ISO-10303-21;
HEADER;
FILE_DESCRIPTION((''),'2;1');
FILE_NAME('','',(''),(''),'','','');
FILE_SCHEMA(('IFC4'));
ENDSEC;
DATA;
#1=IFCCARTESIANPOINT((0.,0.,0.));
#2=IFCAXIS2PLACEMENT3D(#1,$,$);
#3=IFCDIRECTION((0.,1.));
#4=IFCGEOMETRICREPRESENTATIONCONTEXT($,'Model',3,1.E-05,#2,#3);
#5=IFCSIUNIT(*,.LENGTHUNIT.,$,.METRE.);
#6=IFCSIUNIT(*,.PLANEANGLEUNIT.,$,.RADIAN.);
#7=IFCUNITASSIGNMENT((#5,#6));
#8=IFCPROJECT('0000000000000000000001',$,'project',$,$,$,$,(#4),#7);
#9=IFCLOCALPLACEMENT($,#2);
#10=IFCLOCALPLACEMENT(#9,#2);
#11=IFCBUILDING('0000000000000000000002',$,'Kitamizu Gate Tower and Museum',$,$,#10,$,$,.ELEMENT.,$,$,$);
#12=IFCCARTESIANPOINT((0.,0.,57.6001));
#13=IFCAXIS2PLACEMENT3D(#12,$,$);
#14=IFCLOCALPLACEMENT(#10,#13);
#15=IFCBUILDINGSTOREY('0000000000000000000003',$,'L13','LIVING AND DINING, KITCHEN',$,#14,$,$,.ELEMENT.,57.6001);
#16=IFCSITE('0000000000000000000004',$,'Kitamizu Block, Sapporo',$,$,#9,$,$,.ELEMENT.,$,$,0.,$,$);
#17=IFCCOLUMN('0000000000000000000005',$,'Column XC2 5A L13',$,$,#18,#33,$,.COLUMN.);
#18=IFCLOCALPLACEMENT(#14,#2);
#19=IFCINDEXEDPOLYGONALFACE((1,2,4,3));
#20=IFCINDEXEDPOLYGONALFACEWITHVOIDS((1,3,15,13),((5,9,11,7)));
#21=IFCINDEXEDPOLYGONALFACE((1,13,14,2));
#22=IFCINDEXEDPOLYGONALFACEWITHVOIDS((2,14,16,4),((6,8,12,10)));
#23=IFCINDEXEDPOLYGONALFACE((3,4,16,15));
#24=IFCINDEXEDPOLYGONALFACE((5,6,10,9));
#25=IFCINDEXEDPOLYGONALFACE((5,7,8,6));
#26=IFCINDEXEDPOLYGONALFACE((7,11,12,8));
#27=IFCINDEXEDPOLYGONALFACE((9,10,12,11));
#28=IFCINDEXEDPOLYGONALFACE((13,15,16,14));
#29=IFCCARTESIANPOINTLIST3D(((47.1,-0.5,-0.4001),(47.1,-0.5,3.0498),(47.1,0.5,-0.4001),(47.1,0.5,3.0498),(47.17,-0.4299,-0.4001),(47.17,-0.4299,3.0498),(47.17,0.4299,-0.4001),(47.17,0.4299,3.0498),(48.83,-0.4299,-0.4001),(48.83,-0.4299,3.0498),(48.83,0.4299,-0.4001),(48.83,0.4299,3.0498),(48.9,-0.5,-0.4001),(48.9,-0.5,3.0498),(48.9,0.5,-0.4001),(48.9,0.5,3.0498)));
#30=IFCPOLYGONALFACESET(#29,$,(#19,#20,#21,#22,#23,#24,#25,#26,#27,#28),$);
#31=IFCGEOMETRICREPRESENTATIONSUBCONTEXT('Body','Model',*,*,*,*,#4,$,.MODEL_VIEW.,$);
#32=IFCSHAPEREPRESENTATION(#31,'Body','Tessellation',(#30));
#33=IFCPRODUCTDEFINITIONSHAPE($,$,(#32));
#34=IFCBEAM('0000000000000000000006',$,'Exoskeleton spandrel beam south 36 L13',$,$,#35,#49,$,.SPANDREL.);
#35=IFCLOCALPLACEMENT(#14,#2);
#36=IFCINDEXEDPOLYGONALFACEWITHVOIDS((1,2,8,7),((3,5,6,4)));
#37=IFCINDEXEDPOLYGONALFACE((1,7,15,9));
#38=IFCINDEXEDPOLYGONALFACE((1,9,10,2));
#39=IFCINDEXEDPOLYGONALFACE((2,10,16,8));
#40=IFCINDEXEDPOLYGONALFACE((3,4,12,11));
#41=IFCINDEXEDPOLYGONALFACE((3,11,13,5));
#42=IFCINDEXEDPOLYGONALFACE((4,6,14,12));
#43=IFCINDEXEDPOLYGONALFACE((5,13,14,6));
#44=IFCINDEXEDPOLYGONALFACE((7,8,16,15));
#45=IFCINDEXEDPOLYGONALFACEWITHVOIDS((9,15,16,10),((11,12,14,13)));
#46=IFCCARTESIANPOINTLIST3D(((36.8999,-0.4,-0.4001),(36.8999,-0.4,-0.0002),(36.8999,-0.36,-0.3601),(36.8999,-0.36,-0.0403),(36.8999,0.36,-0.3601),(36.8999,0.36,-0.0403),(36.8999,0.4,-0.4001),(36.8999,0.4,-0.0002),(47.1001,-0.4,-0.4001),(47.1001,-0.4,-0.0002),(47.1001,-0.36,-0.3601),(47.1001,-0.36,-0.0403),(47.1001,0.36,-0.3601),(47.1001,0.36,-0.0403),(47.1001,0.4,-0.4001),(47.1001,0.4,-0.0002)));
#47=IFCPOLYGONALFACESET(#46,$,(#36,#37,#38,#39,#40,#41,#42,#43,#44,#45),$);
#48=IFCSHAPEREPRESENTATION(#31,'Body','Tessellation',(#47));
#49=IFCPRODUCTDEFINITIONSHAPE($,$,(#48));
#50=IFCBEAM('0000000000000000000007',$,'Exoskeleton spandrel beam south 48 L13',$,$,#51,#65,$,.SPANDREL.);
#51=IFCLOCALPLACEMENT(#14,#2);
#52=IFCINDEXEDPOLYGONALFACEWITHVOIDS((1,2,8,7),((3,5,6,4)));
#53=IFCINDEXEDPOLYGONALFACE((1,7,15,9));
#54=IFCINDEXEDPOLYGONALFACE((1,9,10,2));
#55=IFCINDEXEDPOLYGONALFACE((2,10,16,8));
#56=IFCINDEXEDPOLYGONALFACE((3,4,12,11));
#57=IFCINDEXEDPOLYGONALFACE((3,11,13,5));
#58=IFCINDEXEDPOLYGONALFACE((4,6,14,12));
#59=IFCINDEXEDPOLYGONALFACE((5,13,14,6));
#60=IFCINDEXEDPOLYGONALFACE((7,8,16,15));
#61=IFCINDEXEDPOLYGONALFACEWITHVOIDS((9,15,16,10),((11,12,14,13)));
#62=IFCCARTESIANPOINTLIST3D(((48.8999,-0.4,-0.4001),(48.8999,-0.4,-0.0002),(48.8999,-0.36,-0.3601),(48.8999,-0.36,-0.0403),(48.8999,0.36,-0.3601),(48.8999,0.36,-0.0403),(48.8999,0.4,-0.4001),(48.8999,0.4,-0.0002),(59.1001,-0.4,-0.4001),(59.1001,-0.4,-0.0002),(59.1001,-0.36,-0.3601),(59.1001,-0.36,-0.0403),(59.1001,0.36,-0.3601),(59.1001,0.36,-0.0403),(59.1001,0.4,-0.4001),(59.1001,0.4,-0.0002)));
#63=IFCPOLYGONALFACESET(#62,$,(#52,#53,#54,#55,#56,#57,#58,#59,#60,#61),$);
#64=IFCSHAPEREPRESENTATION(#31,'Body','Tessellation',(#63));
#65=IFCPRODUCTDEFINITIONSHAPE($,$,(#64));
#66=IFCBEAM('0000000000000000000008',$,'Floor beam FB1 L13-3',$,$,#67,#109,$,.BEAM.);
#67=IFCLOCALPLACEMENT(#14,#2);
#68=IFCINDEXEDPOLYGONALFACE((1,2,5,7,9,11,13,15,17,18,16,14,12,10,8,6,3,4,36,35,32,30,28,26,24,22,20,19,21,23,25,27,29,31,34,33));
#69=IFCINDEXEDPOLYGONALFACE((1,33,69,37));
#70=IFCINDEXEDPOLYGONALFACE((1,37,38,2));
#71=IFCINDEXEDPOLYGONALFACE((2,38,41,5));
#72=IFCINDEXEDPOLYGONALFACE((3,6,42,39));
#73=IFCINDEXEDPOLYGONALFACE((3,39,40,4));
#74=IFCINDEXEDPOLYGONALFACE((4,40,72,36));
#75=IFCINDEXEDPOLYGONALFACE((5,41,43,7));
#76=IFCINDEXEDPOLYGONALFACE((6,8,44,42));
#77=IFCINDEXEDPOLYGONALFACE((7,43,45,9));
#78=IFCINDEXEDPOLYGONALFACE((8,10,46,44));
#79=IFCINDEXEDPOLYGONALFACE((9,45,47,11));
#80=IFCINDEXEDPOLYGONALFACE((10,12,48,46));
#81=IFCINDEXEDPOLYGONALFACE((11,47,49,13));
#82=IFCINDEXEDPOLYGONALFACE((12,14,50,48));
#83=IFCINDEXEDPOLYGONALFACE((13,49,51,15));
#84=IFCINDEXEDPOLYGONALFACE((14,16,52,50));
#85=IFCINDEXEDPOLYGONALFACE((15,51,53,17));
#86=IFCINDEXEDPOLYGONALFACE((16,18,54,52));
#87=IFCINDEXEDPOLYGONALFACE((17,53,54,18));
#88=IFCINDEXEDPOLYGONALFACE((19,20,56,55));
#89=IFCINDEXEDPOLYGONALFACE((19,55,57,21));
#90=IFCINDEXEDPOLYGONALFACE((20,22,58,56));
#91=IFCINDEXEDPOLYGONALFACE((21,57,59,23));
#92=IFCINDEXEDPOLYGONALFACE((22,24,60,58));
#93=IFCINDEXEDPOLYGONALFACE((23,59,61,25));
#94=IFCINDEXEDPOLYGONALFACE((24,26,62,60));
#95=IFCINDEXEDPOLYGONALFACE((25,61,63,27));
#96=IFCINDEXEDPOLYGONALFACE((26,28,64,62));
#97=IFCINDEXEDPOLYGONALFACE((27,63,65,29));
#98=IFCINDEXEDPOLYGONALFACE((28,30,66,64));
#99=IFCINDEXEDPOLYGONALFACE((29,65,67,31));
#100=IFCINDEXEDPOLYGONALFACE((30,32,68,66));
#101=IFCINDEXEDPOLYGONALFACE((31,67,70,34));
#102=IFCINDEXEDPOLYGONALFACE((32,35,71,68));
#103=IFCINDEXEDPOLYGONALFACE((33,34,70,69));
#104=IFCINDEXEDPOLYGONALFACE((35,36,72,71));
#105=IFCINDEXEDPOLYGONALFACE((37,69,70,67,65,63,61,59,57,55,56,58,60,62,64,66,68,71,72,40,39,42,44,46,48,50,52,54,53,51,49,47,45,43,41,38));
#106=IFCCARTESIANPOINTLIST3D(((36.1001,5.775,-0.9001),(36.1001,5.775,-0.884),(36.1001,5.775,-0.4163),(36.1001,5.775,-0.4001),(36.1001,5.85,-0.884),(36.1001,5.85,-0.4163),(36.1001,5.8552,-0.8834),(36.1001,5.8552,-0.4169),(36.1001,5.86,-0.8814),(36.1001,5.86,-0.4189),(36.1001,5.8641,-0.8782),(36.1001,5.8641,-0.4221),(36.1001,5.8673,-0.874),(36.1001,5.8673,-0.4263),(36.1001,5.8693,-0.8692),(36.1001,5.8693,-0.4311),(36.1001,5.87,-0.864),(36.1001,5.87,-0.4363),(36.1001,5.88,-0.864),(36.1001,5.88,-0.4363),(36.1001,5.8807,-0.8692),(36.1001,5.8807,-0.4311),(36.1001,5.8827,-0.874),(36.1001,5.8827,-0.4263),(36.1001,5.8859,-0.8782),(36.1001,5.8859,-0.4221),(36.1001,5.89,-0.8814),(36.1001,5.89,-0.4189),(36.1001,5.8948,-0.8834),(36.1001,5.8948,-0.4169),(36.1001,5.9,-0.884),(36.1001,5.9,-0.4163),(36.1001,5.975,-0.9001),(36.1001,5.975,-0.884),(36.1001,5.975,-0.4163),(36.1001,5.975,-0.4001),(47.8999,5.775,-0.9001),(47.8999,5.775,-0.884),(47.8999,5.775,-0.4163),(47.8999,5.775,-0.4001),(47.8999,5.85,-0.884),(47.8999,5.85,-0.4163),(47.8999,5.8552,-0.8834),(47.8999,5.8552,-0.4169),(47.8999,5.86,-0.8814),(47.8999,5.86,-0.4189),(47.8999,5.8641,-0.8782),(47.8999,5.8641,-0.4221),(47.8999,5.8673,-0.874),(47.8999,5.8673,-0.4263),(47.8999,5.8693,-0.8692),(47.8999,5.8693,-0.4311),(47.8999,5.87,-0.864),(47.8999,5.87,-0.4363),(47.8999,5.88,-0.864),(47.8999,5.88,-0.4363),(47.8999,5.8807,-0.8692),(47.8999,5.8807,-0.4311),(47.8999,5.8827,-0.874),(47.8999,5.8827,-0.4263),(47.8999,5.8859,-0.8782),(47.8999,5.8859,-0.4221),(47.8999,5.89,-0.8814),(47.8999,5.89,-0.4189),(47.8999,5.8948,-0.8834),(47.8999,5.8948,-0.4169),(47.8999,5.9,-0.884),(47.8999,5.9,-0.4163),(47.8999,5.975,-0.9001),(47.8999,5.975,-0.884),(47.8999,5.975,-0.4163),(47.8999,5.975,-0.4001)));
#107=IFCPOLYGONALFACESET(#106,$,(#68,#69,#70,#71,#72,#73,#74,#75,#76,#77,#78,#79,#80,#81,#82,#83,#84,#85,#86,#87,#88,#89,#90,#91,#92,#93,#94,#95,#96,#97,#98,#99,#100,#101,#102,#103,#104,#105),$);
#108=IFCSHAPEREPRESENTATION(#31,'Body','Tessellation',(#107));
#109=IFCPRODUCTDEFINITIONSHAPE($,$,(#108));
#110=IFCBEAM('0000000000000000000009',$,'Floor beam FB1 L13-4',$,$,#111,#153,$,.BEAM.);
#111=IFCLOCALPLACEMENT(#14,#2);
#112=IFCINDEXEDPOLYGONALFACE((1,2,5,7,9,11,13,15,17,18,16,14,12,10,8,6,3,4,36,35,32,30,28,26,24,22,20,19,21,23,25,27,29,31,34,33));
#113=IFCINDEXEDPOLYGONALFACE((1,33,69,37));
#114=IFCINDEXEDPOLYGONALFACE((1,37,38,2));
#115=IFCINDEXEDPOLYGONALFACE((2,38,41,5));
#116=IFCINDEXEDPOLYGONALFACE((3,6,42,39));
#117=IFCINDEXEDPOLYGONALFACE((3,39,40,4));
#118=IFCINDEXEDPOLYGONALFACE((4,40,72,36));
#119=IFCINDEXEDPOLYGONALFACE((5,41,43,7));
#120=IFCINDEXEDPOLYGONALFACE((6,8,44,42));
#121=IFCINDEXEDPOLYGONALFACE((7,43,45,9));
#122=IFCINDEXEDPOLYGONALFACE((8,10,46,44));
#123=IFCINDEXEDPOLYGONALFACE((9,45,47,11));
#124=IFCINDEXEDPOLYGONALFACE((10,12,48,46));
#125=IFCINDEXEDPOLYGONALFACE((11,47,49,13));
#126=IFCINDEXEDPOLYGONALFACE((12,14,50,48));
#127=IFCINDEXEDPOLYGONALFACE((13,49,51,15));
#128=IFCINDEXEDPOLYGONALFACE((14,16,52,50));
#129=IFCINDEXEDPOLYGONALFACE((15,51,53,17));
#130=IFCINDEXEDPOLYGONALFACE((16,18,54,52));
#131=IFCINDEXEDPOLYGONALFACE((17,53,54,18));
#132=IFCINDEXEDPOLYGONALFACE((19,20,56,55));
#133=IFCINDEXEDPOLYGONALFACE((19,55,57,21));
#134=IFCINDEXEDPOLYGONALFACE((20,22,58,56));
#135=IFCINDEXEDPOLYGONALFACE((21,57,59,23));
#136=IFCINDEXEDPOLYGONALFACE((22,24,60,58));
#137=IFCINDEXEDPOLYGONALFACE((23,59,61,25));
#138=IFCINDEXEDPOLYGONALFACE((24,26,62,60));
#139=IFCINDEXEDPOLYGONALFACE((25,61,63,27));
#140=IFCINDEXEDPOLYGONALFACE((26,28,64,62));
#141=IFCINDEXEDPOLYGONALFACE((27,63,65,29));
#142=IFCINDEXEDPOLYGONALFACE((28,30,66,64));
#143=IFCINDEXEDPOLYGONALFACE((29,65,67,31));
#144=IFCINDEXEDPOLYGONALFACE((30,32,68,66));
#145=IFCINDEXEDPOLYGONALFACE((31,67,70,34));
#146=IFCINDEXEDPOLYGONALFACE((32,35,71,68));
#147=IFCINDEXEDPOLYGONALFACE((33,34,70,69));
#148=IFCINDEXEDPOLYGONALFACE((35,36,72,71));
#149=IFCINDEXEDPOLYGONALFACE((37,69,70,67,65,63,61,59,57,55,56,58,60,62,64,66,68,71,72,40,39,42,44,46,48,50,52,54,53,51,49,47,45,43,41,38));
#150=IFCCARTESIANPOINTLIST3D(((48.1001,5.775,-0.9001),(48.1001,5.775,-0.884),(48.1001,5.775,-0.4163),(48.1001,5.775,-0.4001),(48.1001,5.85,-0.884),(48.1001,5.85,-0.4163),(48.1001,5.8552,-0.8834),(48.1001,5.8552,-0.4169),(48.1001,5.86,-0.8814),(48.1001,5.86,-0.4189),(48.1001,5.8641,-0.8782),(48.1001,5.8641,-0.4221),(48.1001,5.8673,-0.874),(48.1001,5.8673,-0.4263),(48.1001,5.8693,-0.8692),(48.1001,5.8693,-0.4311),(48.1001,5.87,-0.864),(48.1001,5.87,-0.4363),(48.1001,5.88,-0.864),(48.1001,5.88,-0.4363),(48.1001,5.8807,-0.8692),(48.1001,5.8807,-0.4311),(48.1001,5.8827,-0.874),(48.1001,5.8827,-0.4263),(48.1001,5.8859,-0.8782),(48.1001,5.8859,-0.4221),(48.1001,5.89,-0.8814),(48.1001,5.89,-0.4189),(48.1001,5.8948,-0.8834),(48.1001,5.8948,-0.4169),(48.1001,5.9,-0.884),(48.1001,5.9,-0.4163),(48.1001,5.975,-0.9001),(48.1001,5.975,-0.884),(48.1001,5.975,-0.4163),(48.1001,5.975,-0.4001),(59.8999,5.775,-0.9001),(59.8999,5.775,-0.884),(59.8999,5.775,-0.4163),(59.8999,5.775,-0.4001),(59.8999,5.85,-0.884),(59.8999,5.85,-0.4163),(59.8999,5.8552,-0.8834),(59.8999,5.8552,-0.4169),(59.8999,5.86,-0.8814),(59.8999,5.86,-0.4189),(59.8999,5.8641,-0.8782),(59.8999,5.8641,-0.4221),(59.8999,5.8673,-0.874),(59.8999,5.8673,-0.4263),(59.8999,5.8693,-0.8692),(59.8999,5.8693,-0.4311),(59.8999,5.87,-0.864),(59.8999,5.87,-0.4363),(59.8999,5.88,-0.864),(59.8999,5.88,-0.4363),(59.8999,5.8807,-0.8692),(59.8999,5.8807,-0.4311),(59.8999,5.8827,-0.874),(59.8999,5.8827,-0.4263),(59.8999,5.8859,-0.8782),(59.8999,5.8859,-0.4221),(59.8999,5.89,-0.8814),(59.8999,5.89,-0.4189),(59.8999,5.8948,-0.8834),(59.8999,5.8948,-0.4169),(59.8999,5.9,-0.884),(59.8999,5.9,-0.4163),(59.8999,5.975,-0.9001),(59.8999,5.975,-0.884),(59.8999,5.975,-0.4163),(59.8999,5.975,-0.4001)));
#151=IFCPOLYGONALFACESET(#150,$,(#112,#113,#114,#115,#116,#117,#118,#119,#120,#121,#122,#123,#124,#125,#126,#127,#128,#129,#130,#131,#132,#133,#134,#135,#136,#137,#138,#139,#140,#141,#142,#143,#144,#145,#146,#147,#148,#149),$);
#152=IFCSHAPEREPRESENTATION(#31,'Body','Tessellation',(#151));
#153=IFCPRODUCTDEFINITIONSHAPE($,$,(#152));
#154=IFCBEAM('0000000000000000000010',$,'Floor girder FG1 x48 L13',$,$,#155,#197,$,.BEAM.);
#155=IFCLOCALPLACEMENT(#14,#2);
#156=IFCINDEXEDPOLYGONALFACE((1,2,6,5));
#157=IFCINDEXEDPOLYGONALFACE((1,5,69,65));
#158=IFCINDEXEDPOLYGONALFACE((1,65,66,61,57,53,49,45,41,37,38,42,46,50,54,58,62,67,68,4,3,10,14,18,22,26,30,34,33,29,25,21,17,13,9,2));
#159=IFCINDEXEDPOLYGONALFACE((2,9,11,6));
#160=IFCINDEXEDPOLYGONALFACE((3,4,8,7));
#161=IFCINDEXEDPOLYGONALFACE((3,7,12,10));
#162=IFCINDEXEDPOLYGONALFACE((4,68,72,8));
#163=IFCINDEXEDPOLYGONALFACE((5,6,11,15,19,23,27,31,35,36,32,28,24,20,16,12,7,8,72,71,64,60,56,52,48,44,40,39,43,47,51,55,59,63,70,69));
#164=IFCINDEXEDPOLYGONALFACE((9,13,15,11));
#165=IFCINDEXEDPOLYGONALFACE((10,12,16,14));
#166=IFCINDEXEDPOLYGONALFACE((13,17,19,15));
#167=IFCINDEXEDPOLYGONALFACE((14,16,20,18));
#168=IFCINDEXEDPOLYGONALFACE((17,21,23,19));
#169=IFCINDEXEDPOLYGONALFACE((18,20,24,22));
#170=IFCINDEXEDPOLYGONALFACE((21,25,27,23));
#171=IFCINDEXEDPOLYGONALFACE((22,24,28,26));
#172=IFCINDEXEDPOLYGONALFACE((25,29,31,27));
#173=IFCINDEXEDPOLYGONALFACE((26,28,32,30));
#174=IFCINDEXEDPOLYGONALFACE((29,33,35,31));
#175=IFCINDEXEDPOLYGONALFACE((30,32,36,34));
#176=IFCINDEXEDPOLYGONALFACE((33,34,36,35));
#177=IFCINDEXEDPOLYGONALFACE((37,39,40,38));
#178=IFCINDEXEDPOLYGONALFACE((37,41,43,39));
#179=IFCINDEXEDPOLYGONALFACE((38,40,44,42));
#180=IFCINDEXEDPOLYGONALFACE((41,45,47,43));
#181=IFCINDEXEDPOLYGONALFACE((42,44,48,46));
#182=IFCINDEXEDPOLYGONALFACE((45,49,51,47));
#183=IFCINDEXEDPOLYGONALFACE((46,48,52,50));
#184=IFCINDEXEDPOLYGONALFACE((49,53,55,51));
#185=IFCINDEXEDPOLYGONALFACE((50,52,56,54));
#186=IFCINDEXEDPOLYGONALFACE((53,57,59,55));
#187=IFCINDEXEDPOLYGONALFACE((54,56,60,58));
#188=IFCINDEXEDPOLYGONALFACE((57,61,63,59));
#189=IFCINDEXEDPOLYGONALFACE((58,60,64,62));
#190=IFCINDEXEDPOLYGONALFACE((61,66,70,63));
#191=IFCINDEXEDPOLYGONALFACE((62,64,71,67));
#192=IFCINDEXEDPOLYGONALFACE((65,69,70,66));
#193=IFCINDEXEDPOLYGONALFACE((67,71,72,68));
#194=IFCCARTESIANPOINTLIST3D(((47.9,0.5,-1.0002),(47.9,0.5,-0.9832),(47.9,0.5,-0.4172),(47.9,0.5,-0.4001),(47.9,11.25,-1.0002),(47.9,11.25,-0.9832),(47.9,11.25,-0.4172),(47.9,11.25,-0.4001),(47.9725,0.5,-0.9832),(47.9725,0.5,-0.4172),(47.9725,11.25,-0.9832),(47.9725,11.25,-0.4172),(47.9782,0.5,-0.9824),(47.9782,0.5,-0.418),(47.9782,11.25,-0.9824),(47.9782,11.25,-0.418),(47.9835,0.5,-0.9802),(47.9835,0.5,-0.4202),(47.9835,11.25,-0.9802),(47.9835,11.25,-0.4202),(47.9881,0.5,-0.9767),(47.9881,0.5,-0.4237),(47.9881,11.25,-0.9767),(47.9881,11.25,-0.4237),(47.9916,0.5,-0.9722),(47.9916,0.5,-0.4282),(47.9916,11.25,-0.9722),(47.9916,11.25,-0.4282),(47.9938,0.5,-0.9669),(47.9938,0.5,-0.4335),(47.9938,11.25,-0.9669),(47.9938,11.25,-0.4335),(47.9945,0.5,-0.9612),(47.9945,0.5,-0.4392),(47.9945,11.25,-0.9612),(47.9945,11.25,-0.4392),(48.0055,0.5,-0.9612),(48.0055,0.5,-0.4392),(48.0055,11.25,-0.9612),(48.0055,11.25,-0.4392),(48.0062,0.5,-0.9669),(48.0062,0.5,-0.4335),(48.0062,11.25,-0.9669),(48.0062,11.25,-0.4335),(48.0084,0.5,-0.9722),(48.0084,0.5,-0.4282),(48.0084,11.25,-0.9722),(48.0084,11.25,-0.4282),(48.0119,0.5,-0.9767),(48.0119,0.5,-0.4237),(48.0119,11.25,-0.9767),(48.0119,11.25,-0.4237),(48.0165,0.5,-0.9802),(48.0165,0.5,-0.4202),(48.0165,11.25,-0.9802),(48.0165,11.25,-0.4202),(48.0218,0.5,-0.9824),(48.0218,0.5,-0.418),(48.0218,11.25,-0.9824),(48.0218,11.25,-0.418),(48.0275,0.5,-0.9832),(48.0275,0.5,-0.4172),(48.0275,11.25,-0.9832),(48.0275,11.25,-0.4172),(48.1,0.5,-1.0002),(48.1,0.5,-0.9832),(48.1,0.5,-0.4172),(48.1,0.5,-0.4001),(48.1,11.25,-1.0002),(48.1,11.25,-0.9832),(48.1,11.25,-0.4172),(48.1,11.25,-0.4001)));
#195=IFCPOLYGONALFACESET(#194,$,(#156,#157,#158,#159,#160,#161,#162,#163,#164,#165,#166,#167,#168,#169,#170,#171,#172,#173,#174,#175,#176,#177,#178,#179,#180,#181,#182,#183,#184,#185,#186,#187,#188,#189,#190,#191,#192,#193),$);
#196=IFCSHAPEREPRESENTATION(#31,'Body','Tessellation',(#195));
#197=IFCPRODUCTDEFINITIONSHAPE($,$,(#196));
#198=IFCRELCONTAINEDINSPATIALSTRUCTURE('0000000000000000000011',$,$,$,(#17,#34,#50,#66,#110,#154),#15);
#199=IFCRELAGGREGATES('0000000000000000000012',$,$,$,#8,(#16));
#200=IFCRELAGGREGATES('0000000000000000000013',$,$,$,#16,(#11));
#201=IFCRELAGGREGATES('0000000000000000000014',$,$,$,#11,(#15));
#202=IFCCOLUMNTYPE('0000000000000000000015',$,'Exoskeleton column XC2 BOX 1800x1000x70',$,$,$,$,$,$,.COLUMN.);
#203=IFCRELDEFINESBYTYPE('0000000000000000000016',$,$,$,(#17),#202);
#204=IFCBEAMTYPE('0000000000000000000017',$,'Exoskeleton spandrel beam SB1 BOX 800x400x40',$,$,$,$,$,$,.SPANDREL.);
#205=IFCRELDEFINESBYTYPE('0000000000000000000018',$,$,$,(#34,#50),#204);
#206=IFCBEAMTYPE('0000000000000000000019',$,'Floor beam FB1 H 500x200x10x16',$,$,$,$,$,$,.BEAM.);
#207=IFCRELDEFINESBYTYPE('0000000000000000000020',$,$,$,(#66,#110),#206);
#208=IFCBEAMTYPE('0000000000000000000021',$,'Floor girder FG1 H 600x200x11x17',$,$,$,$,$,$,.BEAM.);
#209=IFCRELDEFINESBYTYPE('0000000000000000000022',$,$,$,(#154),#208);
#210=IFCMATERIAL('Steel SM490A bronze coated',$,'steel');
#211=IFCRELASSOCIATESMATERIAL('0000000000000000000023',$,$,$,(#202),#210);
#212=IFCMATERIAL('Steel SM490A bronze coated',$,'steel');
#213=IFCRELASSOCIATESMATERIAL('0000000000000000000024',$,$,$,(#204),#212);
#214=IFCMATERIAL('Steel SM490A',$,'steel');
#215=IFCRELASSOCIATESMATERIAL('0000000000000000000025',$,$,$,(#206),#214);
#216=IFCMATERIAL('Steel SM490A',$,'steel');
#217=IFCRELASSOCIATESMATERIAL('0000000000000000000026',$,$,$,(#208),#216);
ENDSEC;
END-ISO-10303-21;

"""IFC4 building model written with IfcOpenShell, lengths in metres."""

from ifc_helpers import new_model, si_unit, direction, frame, origin, origin_2d, place, context, subcontext, project, spatial, hollow_rectangle, i_section, extrude, material, material_profile, profile_set, type_object, element, save


model = new_model("IFC4")

# Units and contexts
model_context = context("Model", 3, precision=1e-05, world=origin(), true_north=direction((0.0, 1.0)))
body_context = subcontext(model_context, "Body", "Model", "MODEL_VIEW")
ifc_project = project(units=[si_unit("LENGTHUNIT", "METRE"), si_unit("PLANEANGLEUNIT", "RADIAN")], contexts=[model_context])

# Site, building, storey
site_placement = place(None, origin())
site = spatial("IfcSite", under=ifc_project, at=site_placement, Name="Kitamizu Block, Sapporo", CompositionType="ELEMENT", RefElevation=0.0)
building_placement = place(site_placement, origin())
building = spatial("IfcBuilding", under=site, at=building_placement, Name="Kitamizu Gate Tower and Museum", CompositionType="ELEMENT")
storey_placement = place(building_placement, frame((0.0, 0.0, 57.6001)))
storey = spatial("IfcBuildingStorey", under=building, at=storey_placement, Name="L13", Description="LIVING AND DINING, KITCHEN", CompositionType="ELEMENT", Elevation=57.6001)

# Column
ifc_material_1 = material(Name="Steel SM490A bronze coated", Category="steel")
ifc_material_profile_1 = material_profile(ifc_material_1, hollow_rectangle(XDim=1.8, YDim=1.0, WallThickness=0.0701, at=origin_2d()), Name="BOX 1800x1000x70")
ifc_profile_set_1 = profile_set([ifc_material_profile_1], Name="Steel SM490A bronze coated")
column_type = type_object("IfcColumnType", Name="Exoskeleton column XC2 BOX 1800x1000x70", PredefinedType="COLUMN", material=ifc_profile_set_1)
column_placement = place(storey_placement, frame((48.0, 0.0, -0.4001), z_axis=(0.0, 0.0, 1.0), x_axis=(1.0, 0.0, 0.0)))
element("IfcColumn", 1, at=column_placement, inside=storey, type_object=column_type, Name="Column XC2 5A L13", PredefinedType="COLUMN", context=body_context, shape_type="SweptSolid", body=[
    extrude(hollow_rectangle(XDim=1.8, YDim=1.0, WallThickness=0.0701, at=origin_2d()), origin(), (0.0, 0.0, 1.0), 3.45),
])

# Beams
ifc_material_2 = material(Name="Steel SM490A bronze coated", Category="steel")
ifc_material_profile_2 = material_profile(ifc_material_2, hollow_rectangle(XDim=0.8, YDim=0.3999, WallThickness=0.04, at=origin_2d()), Name="BOX 800x400x40")
ifc_profile_set_2 = profile_set([ifc_material_profile_2], Name="Steel SM490A bronze coated")
beam_type_1 = type_object("IfcBeamType", Name="Exoskeleton spandrel beam SB1 BOX 800x400x40", PredefinedType="SPANDREL", material=ifc_profile_set_2)
for number, where, z_axis, x_axis, name in (
    (2, (36.8999, 0.0, -0.2002), (1.0, 0.0, 0.0), (0.0, 1.0, 0.0), "Exoskeleton spandrel beam south 36 L13"),
    (3, (48.8999, 0.0, -0.2002), (1.0, 0.0, 0.0), (0.0, 1.0, 0.0), "Exoskeleton spandrel beam south 48 L13"),
):
    element("IfcBeam", number, at=place(storey_placement, frame(where, z_axis=z_axis, x_axis=x_axis)), inside=storey, type_object=beam_type_1, Name=name, PredefinedType="SPANDREL", context=body_context, shape_type="SweptSolid", body=[
        extrude(hollow_rectangle(XDim=0.8, YDim=0.3999, WallThickness=0.04, at=origin_2d()), origin(), (0.0, 0.0, 1.0), 10.2002),
    ])
ifc_material_3 = material(Name="Steel SM490A", Category="steel")
ifc_material_profile_3 = material_profile(ifc_material_3, i_section(OverallWidth=0.2, OverallDepth=0.5, WebThickness=0.01, FlangeThickness=0.0161, FilletRadius=0.02, at=origin_2d()), Name="H-500x200x10x16")
ifc_profile_set_3 = profile_set([ifc_material_profile_3], Name="Steel SM490A")
beam_type_2 = type_object("IfcBeamType", Name="Floor beam FB1 H 500x200x10x16", PredefinedType="BEAM", material=ifc_profile_set_3)
for number, where, z_axis, x_axis, name in (
    (4, (36.1001, 5.875, -0.6501), (1.0, 0.0, 0.0), (0.0, 1.0, 0.0), "Floor beam FB1 L13-3"),
    (5, (48.1001, 5.875, -0.6501), (1.0, 0.0, 0.0), (0.0, 1.0, 0.0), "Floor beam FB1 L13-4"),
):
    element("IfcBeam", number, at=place(storey_placement, frame(where, z_axis=z_axis, x_axis=x_axis)), inside=storey, type_object=beam_type_2, Name=name, PredefinedType="BEAM", context=body_context, shape_type="SweptSolid", body=[
        extrude(i_section(OverallWidth=0.2, OverallDepth=0.5, WebThickness=0.01, FlangeThickness=0.0161, FilletRadius=0.02, at=origin_2d()), origin(), (0.0, 0.0, 1.0), 11.7998),
    ])
ifc_material_4 = material(Name="Steel SM490A", Category="steel")
ifc_material_profile_4 = material_profile(ifc_material_4, i_section(OverallWidth=0.2, OverallDepth=0.6001, WebThickness=0.011, FlangeThickness=0.0171, FilletRadius=0.022, at=origin_2d()), Name="H-600x200x11x17")
ifc_profile_set_4 = profile_set([ifc_material_profile_4], Name="Steel SM490A")
beam_type_3 = type_object("IfcBeamType", Name="Floor girder FG1 H 600x200x11x17", PredefinedType="BEAM", material=ifc_profile_set_4)
beam_placement = place(storey_placement, frame((48.0, 0.5, -0.7002), z_axis=(0.0, 1.0, 0.0), x_axis=(-1.0, 0.0, 0.0)))
element("IfcBeam", 6, at=beam_placement, inside=storey, type_object=beam_type_3, Name="Floor girder FG1 x48 L13", PredefinedType="BEAM", context=body_context, shape_type="SweptSolid", body=[
    extrude(i_section(OverallWidth=0.2, OverallDepth=0.6001, WebThickness=0.011, FlangeThickness=0.0171, FilletRadius=0.022, at=origin_2d()), origin(), (0.0, 0.0, 1.0), 10.75),
])

save(model, "model.ifc")
